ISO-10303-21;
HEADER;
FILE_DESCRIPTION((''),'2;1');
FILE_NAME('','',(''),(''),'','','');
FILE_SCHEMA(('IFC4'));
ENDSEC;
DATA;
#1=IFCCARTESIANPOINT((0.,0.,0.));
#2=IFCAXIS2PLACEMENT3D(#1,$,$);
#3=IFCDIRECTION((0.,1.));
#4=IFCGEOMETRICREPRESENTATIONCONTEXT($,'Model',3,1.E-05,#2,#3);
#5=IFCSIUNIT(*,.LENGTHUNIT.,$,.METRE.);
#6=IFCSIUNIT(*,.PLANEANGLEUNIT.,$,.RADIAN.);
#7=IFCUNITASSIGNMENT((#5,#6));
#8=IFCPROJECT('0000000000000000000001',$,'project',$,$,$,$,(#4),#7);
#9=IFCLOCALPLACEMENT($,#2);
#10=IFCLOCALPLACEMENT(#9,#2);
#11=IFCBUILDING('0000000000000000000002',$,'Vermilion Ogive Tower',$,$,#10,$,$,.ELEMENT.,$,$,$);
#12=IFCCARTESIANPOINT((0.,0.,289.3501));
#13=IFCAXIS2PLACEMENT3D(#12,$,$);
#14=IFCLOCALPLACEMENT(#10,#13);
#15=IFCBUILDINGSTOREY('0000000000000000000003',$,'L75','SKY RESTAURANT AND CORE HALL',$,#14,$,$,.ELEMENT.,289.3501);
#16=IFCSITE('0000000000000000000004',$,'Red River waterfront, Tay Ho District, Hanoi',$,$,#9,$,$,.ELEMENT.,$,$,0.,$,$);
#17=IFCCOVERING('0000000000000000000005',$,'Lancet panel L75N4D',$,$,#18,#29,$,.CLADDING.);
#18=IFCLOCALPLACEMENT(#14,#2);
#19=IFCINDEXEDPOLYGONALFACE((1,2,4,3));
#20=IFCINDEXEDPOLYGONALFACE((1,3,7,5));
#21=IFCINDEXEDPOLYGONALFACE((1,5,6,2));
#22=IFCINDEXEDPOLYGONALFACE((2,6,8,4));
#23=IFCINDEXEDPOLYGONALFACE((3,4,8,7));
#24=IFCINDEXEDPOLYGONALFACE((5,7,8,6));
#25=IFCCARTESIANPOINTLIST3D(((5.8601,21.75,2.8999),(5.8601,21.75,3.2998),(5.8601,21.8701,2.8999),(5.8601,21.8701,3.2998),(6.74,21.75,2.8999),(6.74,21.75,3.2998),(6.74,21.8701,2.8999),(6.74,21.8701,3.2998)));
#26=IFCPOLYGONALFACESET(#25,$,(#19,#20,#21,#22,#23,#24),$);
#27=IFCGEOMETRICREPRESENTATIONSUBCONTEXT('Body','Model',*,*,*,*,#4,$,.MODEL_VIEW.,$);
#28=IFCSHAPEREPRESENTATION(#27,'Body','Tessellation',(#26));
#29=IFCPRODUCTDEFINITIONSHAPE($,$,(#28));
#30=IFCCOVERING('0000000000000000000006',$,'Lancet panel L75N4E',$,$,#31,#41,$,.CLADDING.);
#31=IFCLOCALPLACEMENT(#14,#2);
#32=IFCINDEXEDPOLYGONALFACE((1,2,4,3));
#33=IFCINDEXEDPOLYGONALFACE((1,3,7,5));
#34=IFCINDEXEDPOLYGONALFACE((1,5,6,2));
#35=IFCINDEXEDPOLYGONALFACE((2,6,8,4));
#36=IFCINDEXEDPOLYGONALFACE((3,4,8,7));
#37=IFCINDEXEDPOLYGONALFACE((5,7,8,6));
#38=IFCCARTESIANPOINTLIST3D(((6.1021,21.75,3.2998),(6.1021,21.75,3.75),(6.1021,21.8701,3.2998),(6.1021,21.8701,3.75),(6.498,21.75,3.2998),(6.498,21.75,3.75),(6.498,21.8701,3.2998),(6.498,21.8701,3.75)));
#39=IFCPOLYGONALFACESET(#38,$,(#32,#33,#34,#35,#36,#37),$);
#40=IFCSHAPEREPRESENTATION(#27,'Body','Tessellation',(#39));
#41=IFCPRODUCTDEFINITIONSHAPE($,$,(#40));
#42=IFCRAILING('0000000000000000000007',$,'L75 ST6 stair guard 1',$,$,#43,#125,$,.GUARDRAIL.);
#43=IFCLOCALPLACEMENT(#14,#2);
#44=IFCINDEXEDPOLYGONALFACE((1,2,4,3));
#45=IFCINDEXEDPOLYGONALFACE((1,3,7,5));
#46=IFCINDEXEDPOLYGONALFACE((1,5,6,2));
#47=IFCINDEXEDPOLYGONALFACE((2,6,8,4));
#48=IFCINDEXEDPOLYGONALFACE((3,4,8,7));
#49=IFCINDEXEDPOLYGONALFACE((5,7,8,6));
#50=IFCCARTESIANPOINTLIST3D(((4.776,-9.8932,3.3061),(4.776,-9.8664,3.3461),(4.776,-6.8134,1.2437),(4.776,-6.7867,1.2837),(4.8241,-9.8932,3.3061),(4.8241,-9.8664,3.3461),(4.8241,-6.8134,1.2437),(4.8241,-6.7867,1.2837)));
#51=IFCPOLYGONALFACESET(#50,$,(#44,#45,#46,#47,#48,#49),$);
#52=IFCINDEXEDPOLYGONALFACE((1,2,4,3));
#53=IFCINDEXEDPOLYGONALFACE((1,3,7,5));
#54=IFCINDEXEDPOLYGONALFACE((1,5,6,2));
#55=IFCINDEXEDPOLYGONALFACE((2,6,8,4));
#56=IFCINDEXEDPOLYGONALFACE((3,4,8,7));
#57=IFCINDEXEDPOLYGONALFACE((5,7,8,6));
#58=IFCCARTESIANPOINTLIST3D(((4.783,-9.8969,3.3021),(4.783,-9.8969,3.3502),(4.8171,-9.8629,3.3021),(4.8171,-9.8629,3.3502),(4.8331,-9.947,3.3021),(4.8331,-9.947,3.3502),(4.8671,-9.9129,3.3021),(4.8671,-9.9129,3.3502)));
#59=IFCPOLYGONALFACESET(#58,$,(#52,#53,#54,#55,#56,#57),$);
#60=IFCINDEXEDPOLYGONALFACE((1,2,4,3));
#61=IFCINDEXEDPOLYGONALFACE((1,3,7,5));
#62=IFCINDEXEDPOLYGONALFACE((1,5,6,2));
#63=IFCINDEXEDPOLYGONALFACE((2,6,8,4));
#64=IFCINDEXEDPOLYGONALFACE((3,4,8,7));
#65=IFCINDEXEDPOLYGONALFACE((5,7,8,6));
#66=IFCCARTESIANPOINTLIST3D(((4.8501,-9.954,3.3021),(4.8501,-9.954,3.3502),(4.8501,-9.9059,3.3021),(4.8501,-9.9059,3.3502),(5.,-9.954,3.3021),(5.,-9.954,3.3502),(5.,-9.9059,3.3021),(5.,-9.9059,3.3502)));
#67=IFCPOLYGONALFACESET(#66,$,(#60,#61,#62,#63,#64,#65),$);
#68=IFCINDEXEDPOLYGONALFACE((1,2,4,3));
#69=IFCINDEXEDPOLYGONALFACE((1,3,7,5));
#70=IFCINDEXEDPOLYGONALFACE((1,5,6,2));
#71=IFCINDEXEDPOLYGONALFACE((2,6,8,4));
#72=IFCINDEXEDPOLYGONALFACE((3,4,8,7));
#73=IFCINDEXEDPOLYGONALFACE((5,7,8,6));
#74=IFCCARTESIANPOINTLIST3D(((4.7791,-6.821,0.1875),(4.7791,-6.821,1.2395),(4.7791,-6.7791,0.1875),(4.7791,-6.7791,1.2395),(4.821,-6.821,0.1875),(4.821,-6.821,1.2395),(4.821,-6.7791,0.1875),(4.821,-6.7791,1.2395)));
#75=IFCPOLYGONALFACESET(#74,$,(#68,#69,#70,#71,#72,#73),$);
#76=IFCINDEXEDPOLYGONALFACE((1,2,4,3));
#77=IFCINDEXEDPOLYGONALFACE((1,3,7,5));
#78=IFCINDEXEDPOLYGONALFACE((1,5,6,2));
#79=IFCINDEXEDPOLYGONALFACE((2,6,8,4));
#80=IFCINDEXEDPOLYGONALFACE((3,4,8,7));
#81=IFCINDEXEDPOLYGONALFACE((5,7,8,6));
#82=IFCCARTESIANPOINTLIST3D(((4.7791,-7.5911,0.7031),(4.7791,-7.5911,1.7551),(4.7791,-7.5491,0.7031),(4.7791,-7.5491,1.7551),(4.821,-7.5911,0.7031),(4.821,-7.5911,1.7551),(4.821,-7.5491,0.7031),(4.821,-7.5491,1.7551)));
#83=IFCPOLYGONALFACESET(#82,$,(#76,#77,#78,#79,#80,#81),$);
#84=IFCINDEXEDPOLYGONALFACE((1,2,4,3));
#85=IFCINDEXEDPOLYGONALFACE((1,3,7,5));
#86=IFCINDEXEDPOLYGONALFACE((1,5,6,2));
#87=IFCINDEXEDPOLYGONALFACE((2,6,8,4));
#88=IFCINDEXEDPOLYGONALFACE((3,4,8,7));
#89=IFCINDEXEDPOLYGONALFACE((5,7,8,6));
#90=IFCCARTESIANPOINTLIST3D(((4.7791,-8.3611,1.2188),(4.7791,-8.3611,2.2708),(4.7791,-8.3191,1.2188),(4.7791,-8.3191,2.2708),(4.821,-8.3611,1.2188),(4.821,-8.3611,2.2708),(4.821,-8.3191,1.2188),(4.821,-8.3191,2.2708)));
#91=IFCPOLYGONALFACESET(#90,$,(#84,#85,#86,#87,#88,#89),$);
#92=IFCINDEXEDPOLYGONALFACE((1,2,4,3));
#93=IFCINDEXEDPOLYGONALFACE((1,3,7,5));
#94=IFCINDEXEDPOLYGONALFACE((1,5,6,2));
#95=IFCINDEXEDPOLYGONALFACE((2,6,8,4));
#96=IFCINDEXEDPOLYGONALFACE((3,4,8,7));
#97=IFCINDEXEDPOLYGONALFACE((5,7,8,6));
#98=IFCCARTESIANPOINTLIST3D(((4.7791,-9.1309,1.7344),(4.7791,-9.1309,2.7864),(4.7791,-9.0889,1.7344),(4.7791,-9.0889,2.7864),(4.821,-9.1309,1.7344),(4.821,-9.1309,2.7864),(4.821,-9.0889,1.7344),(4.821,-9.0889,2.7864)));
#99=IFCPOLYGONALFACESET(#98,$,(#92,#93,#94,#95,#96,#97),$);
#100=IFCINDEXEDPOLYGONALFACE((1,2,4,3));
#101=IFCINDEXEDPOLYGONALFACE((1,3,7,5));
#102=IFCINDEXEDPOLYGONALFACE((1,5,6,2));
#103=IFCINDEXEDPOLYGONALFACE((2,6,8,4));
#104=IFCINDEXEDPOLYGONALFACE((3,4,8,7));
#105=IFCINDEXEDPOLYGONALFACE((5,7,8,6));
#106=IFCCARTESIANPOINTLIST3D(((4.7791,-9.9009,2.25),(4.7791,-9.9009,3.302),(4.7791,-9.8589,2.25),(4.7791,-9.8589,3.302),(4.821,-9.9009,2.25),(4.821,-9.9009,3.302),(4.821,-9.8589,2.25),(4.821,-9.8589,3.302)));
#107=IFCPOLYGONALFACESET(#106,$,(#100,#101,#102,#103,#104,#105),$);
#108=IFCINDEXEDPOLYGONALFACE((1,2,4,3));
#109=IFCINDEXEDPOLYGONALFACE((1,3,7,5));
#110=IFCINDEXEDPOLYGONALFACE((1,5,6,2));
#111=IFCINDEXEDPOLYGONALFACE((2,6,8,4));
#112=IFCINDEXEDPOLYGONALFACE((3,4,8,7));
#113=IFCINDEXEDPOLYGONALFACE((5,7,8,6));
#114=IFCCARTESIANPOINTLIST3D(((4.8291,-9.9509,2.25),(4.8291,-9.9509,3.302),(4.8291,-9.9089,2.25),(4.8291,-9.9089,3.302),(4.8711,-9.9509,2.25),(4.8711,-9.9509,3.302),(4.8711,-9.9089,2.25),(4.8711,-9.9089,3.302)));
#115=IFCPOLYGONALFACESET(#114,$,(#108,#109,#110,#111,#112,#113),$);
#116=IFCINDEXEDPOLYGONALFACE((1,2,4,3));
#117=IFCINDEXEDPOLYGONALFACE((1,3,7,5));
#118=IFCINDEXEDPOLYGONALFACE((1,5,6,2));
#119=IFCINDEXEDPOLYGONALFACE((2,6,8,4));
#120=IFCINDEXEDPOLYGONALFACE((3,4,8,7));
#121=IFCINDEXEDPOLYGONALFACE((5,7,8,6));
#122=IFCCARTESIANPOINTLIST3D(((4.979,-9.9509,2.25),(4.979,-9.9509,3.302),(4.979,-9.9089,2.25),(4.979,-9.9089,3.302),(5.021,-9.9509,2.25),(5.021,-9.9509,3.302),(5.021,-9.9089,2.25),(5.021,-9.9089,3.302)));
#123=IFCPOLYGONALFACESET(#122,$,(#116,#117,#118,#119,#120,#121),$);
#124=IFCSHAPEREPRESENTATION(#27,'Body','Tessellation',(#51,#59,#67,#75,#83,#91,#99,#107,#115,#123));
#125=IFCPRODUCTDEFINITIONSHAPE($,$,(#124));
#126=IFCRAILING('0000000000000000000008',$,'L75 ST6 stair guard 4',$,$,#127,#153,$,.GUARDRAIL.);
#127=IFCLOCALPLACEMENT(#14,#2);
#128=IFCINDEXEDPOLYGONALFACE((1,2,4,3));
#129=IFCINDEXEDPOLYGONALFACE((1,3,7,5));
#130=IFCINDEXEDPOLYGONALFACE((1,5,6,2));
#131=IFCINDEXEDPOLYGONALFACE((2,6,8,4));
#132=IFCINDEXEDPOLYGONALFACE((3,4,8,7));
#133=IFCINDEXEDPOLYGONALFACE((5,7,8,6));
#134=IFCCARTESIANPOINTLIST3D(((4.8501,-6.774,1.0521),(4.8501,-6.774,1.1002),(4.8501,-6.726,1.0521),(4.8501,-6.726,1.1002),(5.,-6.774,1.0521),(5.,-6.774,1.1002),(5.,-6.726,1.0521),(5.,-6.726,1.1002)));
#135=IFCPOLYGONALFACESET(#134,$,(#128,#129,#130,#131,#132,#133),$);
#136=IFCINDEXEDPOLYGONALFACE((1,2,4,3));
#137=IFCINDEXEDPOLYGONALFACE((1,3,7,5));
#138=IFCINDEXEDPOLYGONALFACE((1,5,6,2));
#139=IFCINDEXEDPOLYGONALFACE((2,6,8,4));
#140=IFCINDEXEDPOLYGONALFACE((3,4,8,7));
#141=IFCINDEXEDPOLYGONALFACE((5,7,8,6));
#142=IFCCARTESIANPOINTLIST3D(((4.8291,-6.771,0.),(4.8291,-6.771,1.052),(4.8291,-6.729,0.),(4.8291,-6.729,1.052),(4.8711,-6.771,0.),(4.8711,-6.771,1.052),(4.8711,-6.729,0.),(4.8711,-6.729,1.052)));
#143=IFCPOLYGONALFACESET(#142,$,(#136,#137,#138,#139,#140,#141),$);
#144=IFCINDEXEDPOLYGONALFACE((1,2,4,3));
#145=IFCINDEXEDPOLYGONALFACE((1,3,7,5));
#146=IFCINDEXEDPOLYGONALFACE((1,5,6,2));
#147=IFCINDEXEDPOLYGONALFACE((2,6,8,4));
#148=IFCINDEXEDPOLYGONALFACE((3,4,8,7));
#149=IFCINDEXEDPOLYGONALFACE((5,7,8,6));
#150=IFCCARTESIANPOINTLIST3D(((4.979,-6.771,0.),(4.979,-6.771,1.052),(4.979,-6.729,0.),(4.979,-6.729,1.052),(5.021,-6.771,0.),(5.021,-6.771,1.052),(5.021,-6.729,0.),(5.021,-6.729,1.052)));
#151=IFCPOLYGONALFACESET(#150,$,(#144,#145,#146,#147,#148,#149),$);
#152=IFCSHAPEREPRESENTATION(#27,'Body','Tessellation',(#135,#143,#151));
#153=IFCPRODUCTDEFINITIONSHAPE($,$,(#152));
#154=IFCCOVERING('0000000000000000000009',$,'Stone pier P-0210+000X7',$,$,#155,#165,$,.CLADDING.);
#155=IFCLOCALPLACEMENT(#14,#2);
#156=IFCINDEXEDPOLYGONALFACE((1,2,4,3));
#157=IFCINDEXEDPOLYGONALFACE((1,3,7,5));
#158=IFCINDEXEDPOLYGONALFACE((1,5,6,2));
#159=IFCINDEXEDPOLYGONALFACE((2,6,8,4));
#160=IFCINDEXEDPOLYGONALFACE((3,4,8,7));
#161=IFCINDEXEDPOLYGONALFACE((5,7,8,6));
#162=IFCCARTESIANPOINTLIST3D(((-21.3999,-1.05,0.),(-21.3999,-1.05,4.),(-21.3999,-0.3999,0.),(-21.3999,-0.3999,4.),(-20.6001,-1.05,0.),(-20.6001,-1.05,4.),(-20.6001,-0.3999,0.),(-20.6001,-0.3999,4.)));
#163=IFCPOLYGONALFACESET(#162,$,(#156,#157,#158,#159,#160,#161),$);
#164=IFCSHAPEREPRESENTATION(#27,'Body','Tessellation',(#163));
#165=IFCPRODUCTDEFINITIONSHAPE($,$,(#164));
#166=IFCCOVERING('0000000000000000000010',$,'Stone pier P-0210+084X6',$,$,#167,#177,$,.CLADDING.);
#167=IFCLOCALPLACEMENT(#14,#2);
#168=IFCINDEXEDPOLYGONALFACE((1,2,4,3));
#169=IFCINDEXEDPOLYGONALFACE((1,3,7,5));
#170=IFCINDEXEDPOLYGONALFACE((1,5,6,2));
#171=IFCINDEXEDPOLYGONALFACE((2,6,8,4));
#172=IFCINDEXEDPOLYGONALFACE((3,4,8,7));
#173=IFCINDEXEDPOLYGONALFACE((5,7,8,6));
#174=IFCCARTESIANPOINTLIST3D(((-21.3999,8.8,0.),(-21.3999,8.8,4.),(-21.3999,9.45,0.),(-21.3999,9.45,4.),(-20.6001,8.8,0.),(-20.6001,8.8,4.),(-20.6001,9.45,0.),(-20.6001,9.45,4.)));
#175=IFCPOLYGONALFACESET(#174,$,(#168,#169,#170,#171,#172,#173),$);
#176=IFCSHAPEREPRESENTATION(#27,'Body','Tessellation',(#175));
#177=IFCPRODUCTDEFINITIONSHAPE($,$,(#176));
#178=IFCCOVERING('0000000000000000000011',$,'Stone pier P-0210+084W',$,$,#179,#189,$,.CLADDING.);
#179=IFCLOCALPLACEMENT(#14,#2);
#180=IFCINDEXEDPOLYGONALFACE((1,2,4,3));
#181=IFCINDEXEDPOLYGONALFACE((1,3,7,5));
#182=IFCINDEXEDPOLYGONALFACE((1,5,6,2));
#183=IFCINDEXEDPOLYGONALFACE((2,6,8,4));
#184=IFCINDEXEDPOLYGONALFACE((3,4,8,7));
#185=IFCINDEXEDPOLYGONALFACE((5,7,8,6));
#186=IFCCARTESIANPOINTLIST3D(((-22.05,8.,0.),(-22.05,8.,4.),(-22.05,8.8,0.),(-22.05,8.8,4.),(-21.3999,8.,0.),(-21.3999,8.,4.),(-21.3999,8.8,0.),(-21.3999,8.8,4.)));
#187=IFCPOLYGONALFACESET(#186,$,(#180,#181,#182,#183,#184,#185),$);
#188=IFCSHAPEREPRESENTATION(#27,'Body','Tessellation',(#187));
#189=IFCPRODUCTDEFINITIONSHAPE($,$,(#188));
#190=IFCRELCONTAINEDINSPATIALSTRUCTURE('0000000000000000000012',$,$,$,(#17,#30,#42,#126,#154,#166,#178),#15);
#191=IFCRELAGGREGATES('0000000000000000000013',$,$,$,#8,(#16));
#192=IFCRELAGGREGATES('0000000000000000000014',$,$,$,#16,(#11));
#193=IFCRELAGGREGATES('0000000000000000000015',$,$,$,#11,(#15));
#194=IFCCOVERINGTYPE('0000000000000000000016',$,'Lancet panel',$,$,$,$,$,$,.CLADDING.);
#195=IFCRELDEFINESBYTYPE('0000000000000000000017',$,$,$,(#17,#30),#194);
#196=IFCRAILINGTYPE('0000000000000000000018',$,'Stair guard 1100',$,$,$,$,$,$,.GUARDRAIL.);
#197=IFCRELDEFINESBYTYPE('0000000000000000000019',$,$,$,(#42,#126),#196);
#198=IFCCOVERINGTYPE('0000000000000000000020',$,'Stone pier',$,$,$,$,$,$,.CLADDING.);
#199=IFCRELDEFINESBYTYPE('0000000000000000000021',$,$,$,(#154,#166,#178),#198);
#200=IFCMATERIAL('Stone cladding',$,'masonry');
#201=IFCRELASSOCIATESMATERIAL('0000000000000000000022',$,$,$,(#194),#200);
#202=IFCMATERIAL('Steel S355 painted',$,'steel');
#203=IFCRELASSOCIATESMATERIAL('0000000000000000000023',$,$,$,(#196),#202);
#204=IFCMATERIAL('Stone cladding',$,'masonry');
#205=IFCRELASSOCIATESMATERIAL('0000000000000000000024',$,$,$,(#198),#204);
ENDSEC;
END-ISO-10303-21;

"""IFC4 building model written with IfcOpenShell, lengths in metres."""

from ifc_helpers import new_model, si_unit, direction, frame, origin, origin_2d, place, context, subcontext, project, spatial, polyline, rectangle, outline, extrude, material, type_object, element, save


model = new_model("IFC4")

# Units and contexts
model_context = context("Model", 3, precision=1e-05, world=origin(), true_north=direction((0.0, 1.0)))
body_context = subcontext(model_context, "Body", "Model", "MODEL_VIEW")
ifc_project = project(units=[si_unit("LENGTHUNIT", "METRE"), si_unit("PLANEANGLEUNIT", "RADIAN")], contexts=[model_context])

# Site, building, storey
site_placement = place(None, origin())
site = spatial("IfcSite", under=ifc_project, at=site_placement, Name="Red River waterfront, Tay Ho District, Hanoi", CompositionType="ELEMENT", RefElevation=0.0)
building_placement = place(site_placement, origin())
building = spatial("IfcBuilding", under=site, at=building_placement, Name="Vermilion Ogive Tower", CompositionType="ELEMENT")
storey_placement = place(building_placement, frame((0.0, 0.0, 289.3501)))
storey = spatial("IfcBuildingStorey", under=building, at=storey_placement, Name="L75", Description="SKY RESTAURANT AND CORE HALL", CompositionType="ELEMENT", Elevation=289.3501)

# Coverings
ifc_material_1 = material(Name="Stone cladding", Category="masonry")
covering_type_1 = type_object("IfcCoveringType", Name="Lancet panel", PredefinedType="CLADDING", material=ifc_material_1)
covering_1_placement = place(storey_placement, frame((0.0, 0.0, 2.8999)))
element("IfcCovering", 1, at=covering_1_placement, inside=storey, type_object=covering_type_1, Name="Lancet panel L75N4D", PredefinedType="CLADDING", context=body_context, shape_type="SweptSolid", body=[
    extrude(outline(polyline([(5.8601, 21.75), (6.74, 21.75), (6.74, 21.8701), (5.8601, 21.8701), (5.8601, 21.75)])), origin(), (0.0, 0.0, 1.0), 0.3999),
])
covering_2_placement = place(storey_placement, frame((0.0, 0.0, 3.2998)))
element("IfcCovering", 2, at=covering_2_placement, inside=storey, type_object=covering_type_1, Name="Lancet panel L75N4E", PredefinedType="CLADDING", context=body_context, shape_type="SweptSolid", body=[
    extrude(outline(polyline([(6.1021, 21.75), (6.498, 21.75), (6.498, 21.8701), (6.1021, 21.8701), (6.1021, 21.75)])), origin(), (0.0, 0.0, 1.0), 0.4502),
])

# Railings
ifc_material_2 = material(Name="Steel S355 painted", Category="steel")
railing_type = type_object("IfcRailingType", Name="Stair guard 1100", PredefinedType="GUARDRAIL", material=ifc_material_2)
railing_1_placement = place(storey_placement, frame((4.8, -6.8, 0.1875)))
element("IfcRailing", 3, at=railing_1_placement, inside=storey, type_object=railing_type, Name="L75 ST6 stair guard 1", PredefinedType="GUARDRAIL", context=body_context, shape_type="SweptSolid", body=[
    extrude(rectangle(XDim=0.0481, YDim=0.0481, at=origin_2d()), frame((0.0, 0.0, 1.0762), z_axis=(0.0, -0.830893, 0.556432), x_axis=(1.0, 0.0, 0.0)), (0.0, 0.0, 1.0), 3.7065),
    extrude(rectangle(XDim=0.0481, YDim=0.0481, at=origin_2d()), frame((0.0, -3.0798, 3.1387), z_axis=(0.707107, -0.707107, 0.0), x_axis=(0.707107, 0.707107, 0.0)), (0.0, 0.0, 1.0), 0.0708),
    extrude(rectangle(XDim=0.0481, YDim=0.0481, at=origin_2d()), frame((0.05, -3.1299, 3.1387), z_axis=(1.0, 0.0, 0.0), x_axis=(0.0, 1.0, 0.0)), (0.0, 0.0, 1.0), 0.1499),
    extrude(rectangle(XDim=0.042, YDim=0.042, at=origin_2d()), origin(), (0.0, 0.0, 1.0), 1.052),
    extrude(rectangle(XDim=0.042, YDim=0.042, at=origin_2d()), frame((0.0, -0.77, 0.5156)), (0.0, 0.0, 1.0), 1.052),
    extrude(rectangle(XDim=0.042, YDim=0.042, at=origin_2d()), frame((0.0, -1.54, 1.0312)), (0.0, 0.0, 1.0), 1.052),
    extrude(rectangle(XDim=0.042, YDim=0.042, at=origin_2d()), frame((0.0, -2.3098, 1.5469)), (0.0, 0.0, 1.0), 1.052),
    extrude(rectangle(XDim=0.042, YDim=0.042, at=origin_2d()), frame((0.0, -3.0798, 2.0625)), (0.0, 0.0, 1.0), 1.052),
    extrude(rectangle(XDim=0.042, YDim=0.042, at=origin_2d()), frame((0.05, -3.1299, 2.0625)), (0.0, 0.0, 1.0), 1.052),
    extrude(rectangle(XDim=0.042, YDim=0.042, at=origin_2d()), frame((0.2, -3.1299, 2.0625)), (0.0, 0.0, 1.0), 1.052),
])
railing_2_placement = place(storey_placement, frame((4.8501, -6.75, 0.0)))
element("IfcRailing", 4, at=railing_2_placement, inside=storey, type_object=railing_type, Name="L75 ST6 stair guard 4", PredefinedType="GUARDRAIL", context=body_context, shape_type="SweptSolid", body=[
    extrude(rectangle(XDim=0.0481, YDim=0.0481, at=origin_2d()), frame((0.0, 0.0, 1.0762), z_axis=(1.0, 0.0, 0.0), x_axis=(0.0, 1.0, 0.0)), (0.0, 0.0, 1.0), 0.1499),
    extrude(rectangle(XDim=0.042, YDim=0.042, at=origin_2d()), origin(), (0.0, 0.0, 1.0), 1.052),
    extrude(rectangle(XDim=0.042, YDim=0.042, at=origin_2d()), frame((0.1499, 0.0, 0.0)), (0.0, 0.0, 1.0), 1.052),
])

# Coverings
ifc_material_3 = material(Name="Stone cladding", Category="masonry")
covering_type_2 = type_object("IfcCoveringType", Name="Stone pier", PredefinedType="CLADDING", material=ifc_material_3)
covering_3_placement = place(storey_placement, origin())
element("IfcCovering", 5, at=covering_3_placement, inside=storey, type_object=covering_type_2, Name="Stone pier P-0210+000X7", PredefinedType="CLADDING", context=body_context, shape_type="SweptSolid", body=[
    extrude(outline(polyline([(-21.3999, -1.05), (-21.3999, -0.3999), (-21.3999, -0.3999), (-20.6001, -0.3999), (-20.6001, -1.05), (-21.3999, -1.05)])), origin(), (0.0, 0.0, 1.0), 4.0),
])
covering_4_placement = place(storey_placement, origin())
element("IfcCovering", 6, at=covering_4_placement, inside=storey, type_object=covering_type_2, Name="Stone pier P-0210+084X6", PredefinedType="CLADDING", context=body_context, shape_type="SweptSolid", body=[
    extrude(outline(polyline([(-21.3999, 9.45), (-20.6001, 9.45), (-20.6001, 8.8), (-21.3999, 8.8), (-21.3999, 9.45)])), origin(), (0.0, 0.0, 1.0), 4.0),
])
covering_5_placement = place(storey_placement, origin())
element("IfcCovering", 7, at=covering_5_placement, inside=storey, type_object=covering_type_2, Name="Stone pier P-0210+084W", PredefinedType="CLADDING", context=body_context, shape_type="SweptSolid", body=[
    extrude(outline(polyline([(-22.05, 8.8), (-21.3999, 8.8), (-21.3999, 8.0), (-22.05, 8.0), (-22.05, 8.8)])), origin(), (0.0, 0.0, 1.0), 4.0),
])

save(model, "model.ifc")
